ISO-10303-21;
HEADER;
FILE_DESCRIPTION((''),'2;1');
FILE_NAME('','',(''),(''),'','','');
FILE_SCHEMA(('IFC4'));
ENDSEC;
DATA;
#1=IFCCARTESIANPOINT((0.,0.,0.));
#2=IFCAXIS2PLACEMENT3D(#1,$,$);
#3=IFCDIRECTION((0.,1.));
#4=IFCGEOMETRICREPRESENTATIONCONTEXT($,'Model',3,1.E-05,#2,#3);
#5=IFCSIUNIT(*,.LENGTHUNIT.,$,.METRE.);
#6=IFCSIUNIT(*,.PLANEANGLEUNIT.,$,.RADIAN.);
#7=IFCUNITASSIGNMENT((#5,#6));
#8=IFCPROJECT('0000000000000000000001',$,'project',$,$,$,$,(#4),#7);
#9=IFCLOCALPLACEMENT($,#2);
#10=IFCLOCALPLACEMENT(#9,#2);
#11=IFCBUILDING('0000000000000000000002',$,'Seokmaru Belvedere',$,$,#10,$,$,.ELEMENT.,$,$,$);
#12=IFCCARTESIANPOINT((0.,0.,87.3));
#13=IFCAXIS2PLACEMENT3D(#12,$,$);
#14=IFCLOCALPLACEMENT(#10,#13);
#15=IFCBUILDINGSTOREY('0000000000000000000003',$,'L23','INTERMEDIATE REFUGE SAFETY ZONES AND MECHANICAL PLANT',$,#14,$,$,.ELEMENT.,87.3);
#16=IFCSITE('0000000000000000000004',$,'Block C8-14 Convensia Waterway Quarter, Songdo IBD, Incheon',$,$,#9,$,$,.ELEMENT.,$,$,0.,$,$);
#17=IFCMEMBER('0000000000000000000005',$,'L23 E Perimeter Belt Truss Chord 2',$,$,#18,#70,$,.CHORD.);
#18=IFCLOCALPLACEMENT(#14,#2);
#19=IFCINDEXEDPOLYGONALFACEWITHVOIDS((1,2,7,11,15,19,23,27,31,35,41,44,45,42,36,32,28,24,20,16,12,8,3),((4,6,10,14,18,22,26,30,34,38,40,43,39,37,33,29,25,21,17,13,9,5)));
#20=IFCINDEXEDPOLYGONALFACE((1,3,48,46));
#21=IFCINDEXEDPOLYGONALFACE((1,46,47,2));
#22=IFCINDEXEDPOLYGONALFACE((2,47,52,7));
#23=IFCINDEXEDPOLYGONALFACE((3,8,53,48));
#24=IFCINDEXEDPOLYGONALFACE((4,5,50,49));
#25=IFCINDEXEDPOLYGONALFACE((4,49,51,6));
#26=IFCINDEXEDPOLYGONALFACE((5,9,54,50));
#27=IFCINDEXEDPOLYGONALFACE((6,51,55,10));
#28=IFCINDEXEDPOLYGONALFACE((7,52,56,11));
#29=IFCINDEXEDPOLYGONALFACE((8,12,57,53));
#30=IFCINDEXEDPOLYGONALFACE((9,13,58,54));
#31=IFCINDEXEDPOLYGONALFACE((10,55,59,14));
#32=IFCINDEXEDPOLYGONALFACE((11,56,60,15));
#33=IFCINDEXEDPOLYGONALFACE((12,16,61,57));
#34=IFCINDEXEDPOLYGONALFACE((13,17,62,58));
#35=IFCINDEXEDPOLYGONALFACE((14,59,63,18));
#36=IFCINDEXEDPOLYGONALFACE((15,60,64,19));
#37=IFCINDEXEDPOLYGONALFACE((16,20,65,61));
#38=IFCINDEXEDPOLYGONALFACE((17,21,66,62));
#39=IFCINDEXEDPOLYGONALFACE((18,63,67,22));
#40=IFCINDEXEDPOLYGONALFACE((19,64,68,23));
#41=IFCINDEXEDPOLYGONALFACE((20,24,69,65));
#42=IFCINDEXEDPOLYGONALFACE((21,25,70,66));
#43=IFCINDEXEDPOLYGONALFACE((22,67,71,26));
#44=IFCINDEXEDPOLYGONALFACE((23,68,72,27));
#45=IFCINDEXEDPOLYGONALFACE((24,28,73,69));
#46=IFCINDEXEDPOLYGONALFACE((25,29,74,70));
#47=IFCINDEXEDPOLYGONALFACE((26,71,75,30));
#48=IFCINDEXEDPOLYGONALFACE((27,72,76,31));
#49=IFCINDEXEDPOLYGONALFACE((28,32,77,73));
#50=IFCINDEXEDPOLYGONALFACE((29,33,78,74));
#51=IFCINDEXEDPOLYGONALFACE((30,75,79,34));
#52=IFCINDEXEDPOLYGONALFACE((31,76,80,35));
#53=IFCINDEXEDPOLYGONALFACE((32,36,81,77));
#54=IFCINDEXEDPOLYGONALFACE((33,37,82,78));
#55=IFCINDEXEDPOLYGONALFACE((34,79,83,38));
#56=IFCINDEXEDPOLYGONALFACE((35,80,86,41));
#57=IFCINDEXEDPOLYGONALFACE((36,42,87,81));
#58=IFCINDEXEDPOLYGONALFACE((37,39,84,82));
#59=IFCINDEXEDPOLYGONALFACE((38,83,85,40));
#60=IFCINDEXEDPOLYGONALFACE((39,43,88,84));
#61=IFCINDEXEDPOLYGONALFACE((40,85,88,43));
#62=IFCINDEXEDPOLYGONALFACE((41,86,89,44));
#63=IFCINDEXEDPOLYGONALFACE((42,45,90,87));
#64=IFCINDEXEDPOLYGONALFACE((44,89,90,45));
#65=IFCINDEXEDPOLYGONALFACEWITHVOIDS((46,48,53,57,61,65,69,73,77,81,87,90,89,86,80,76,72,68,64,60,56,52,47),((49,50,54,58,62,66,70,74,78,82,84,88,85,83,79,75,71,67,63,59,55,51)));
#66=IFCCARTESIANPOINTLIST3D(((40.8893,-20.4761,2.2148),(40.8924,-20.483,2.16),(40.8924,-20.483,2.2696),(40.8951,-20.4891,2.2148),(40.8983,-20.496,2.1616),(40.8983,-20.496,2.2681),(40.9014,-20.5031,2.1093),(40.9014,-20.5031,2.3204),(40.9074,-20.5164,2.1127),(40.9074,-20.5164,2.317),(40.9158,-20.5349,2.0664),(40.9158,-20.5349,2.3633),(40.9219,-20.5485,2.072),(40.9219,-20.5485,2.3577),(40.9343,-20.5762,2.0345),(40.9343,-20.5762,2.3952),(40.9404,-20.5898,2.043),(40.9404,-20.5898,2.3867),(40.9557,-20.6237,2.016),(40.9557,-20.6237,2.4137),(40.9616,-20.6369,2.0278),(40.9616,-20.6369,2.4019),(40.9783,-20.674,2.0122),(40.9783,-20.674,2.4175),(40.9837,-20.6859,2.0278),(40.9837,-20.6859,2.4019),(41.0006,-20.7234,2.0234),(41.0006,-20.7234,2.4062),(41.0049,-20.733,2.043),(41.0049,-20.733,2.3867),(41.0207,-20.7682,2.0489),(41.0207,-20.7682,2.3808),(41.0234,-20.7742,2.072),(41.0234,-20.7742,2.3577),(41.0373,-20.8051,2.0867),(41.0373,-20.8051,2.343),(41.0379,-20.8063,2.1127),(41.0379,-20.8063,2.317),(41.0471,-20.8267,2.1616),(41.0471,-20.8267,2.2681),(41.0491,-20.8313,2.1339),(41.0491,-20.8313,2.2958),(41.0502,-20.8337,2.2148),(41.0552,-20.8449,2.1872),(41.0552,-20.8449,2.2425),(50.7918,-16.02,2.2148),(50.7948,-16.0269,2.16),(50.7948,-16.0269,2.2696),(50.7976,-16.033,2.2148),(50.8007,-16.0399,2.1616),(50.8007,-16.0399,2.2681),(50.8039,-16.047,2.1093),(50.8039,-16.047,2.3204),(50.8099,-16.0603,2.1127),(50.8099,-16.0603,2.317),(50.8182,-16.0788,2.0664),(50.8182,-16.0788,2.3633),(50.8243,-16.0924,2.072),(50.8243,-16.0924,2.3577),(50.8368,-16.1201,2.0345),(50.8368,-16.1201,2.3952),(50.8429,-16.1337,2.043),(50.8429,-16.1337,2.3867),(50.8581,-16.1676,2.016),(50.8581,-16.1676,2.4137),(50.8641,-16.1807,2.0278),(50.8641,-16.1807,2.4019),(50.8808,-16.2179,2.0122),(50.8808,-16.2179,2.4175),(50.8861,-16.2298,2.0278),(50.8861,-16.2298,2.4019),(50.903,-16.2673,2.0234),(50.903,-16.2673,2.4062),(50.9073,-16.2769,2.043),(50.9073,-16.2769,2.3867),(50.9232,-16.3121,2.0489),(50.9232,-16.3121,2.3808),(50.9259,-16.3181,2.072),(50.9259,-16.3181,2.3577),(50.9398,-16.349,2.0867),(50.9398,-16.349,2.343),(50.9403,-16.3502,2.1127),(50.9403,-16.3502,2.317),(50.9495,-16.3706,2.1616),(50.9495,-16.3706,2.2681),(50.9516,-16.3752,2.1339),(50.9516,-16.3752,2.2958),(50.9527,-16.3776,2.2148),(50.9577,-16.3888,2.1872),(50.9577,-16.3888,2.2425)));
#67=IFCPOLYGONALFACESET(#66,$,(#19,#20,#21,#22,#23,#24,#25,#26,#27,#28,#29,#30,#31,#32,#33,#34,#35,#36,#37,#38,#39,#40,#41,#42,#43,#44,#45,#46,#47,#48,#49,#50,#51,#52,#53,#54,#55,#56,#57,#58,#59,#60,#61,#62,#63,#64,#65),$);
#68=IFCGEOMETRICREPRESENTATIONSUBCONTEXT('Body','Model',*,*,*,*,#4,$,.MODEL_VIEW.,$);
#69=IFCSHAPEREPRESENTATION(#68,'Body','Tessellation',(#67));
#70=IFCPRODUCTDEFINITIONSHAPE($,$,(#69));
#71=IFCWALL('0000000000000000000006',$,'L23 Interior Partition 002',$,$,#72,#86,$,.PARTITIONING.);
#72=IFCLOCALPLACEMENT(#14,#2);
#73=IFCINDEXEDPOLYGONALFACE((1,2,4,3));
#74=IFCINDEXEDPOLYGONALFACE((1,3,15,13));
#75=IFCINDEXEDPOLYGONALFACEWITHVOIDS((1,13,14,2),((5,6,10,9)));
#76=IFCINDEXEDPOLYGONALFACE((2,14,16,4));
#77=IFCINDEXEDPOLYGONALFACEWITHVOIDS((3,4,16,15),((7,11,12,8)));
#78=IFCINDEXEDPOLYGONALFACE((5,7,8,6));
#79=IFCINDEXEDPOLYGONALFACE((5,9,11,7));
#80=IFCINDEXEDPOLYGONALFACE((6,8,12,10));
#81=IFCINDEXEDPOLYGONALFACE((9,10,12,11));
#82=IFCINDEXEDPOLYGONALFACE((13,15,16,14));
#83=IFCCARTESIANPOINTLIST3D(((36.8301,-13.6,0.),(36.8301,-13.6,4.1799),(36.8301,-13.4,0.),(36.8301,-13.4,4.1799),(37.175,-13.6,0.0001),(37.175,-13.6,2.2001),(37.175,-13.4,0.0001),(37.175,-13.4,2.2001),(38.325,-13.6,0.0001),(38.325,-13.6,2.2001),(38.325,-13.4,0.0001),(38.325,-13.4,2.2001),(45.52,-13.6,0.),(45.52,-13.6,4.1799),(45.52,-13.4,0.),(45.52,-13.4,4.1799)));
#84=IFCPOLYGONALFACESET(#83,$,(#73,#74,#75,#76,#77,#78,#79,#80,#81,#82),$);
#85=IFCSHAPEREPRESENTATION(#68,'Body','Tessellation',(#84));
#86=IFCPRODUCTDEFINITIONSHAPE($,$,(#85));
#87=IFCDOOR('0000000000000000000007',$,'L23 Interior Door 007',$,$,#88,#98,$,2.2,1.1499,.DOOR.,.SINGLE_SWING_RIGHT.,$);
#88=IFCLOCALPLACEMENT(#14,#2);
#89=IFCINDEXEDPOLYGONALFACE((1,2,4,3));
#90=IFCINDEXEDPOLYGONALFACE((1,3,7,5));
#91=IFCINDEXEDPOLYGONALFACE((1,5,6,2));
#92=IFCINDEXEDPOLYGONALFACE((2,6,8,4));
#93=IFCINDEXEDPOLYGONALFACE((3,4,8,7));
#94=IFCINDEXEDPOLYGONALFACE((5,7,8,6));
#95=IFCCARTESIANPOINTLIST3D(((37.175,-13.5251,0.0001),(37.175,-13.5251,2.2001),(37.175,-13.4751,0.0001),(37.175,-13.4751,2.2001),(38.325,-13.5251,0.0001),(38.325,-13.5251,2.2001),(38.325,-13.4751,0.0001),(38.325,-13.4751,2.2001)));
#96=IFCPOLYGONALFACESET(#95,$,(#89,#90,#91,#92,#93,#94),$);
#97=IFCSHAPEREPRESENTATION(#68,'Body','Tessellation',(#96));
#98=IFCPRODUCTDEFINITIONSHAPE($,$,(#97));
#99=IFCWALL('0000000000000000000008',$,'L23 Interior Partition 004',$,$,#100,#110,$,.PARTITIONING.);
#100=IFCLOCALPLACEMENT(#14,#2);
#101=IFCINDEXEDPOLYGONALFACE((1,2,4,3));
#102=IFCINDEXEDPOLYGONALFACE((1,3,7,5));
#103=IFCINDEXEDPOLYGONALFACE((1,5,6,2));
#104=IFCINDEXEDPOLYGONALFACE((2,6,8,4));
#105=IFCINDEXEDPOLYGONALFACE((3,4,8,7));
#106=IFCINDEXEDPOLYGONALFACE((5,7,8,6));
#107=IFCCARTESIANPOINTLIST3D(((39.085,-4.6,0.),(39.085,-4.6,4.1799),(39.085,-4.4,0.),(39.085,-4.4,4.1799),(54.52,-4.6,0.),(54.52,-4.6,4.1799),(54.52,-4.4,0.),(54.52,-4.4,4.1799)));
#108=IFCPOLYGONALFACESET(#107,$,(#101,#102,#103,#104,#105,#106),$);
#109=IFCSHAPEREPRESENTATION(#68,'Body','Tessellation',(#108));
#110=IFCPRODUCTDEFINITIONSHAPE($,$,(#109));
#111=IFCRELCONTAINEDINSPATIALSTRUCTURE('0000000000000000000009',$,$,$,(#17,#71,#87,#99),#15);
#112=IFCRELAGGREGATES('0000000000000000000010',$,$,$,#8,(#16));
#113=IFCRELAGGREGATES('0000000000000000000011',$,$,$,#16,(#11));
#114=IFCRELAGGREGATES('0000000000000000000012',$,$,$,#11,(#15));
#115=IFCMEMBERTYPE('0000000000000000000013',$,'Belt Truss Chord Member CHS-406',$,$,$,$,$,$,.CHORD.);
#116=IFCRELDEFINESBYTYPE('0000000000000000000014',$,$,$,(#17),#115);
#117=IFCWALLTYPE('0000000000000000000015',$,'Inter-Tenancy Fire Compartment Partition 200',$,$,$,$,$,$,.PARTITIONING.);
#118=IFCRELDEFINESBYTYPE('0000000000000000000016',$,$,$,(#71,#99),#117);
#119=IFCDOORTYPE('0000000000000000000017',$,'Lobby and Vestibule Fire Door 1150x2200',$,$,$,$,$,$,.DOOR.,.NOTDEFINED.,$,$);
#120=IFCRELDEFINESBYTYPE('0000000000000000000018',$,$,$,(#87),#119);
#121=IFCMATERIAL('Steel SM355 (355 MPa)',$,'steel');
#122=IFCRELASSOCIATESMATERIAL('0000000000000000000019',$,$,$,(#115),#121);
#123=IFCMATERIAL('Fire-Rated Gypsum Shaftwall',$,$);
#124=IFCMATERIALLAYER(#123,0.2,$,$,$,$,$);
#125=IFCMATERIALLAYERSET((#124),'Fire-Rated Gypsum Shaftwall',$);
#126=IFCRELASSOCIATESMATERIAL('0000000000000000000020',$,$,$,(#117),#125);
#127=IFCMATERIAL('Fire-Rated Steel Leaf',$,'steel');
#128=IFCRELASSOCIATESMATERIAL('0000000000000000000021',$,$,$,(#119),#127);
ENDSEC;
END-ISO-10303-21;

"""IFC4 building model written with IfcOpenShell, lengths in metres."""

from ifc_helpers import new_model, si_unit, direction, frame, frame_2d, origin, origin_2d, place, context, subcontext, project, spatial, rectangle, hollow_circle, extrude, source, transform, mapped, material, layer, layer_set, material_profile, profile_set, type_object, type_shapes, element, fill, save


model = new_model("IFC4")

# Units and contexts
model_context = context("Model", 3, precision=1e-05, world=origin(), true_north=direction((0.0, 1.0)))
body_context = subcontext(model_context, "Body", "Model", "MODEL_VIEW")
ifc_project = project(units=[si_unit("LENGTHUNIT", "METRE"), si_unit("PLANEANGLEUNIT", "RADIAN")], contexts=[model_context])

# Site, building, storey
site_placement = place(None, origin())
site = spatial("IfcSite", under=ifc_project, at=site_placement, Name="Block C8-14 Convensia Waterway Quarter, Songdo IBD, Incheon", CompositionType="ELEMENT", RefElevation=0.0)
building_placement = place(site_placement, origin())
building = spatial("IfcBuilding", under=site, at=building_placement, Name="Seokmaru Belvedere", CompositionType="ELEMENT")
storey_placement = place(building_placement, frame((0.0, 0.0, 87.3)))
storey = spatial("IfcBuildingStorey", under=building, at=storey_placement, Name="L23", Description="INTERMEDIATE REFUGE SAFETY ZONES AND MECHANICAL PLANT", CompositionType="ELEMENT", Elevation=87.3)

# Shared definitions
ifc_material_1 = material(Name="Steel SM355 (355 MPa)", Category="steel")

# Member
ifc_material_profile_1 = material_profile(ifc_material_1, hollow_circle(Radius=0.2031, WallThickness=0.0142, at=origin_2d()), Name="CHS-406.4x14.2")
ifc_profile_set_1 = profile_set([ifc_material_profile_1], Name="Steel SM355 (355 MPa)")
member_type_1 = type_object("IfcMemberType", Name="Belt Truss Chord Member CHS-406", PredefinedType="CHORD", material=ifc_profile_set_1)
shared_shape_1 = source(origin(), body_context, "Body", "SweptSolid", [
    extrude(hollow_circle(Radius=0.2031, WallThickness=0.0142, at=origin_2d()), origin(), (0.0, 0.0, 1.0), 10.8589),
])
type_shapes(member_type_1, [shared_shape_1])
member_1_placement = place(storey_placement, frame((40.9727, -20.6614, 2.2148), z_axis=(0.911922, 0.410365, 0.0), x_axis=(-0.410365, 0.911922, 0.0)))
element("IfcMember", 1, at=member_1_placement, inside=storey, type_object=member_type_1, Name="L23 E Perimeter Belt Truss Chord 2", PredefinedType="CHORD", context=body_context, shape_type="MappedRepresentation", body=[
    mapped(shared_shape_1, transform((0.0, 0.0, 0.0), scale=1.0)),
])

# Wall, opening, door
ifc_material_2 = material(Name="Fire-Rated Gypsum Shaftwall")
ifc_layer_1 = layer(ifc_material_2, 0.2)
ifc_layer_set_1 = layer_set([ifc_layer_1], Name="Fire-Rated Gypsum Shaftwall")
wall_type_1 = type_object("IfcWallType", Name="Inter-Tenancy Fire Compartment Partition 200", PredefinedType="PARTITIONING", material=ifc_layer_set_1)
wall_1_placement = place(storey_placement, frame((36.8301, -13.5, 0.0), z_axis=(0.0, 0.0, 1.0), x_axis=(1.0, 0.0, 0.0)))
wall_1 = element("IfcWall", 2, at=wall_1_placement, inside=storey, type_object=wall_type_1, Name="L23 Interior Partition 002", PredefinedType="PARTITIONING", context=body_context, shape_type="SweptSolid", body=[
    extrude(rectangle(XDim=8.6899, YDim=0.2, at=frame_2d((4.345, 0.0))), origin(), (0.0, 0.0, 1.0), 4.1799),
])
opening_1_placement = place(wall_1_placement, frame((0.345, 0.0, 0.0)))
opening_1 = element("IfcOpeningElement", 3, at=opening_1_placement, cuts=wall_1, PredefinedType="OPENING", context=body_context, shape_type="SweptSolid", body=[
    extrude(rectangle(XDim=1.1499, YDim=2.2, at=frame_2d((0.575, 1.1001))), frame((0.0, 0.1099, 0.0), z_axis=(0.0, -1.0, 0.0), x_axis=(1.0, 0.0, 0.0)), (0.0, 0.0, 1.0), 0.22),
])
ifc_material_3 = material(Name="Fire-Rated Steel Leaf", Category="steel")
door_type_1 = type_object("IfcDoorType", Name="Lobby and Vestibule Fire Door 1150x2200", OperationType="NOTDEFINED", PredefinedType="DOOR", material=ifc_material_3)
shared_shape_2 = source(origin(), body_context, "Body", "SweptSolid", [
    extrude(rectangle(XDim=1.1499, YDim=2.2, at=frame_2d((0.575, 1.1001))), frame((0.0, 0.0249, 0.0), z_axis=(0.0, -1.0, 0.0), x_axis=(1.0, 0.0, 0.0)), (0.0, 0.0, 1.0), 0.05),
])
type_shapes(door_type_1, [shared_shape_2])
door_1_placement = place(opening_1_placement, origin())
door_1 = element("IfcDoor", 4, at=door_1_placement, inside=storey, type_object=door_type_1, Name="L23 Interior Door 007", OperationType="SINGLE_SWING_RIGHT", OverallHeight=2.2, OverallWidth=1.1499, PredefinedType="DOOR", context=body_context, shape_type="MappedRepresentation", body=[
    mapped(shared_shape_2, transform((0.0, 0.0, 0.0), scale=1.0)),
])
fill(opening_1, door_1)

# Wall
wall_2_placement = place(storey_placement, frame((39.085, -4.5, 0.0), z_axis=(0.0, 0.0, 1.0), x_axis=(1.0, 0.0, 0.0)))
element("IfcWall", 5, at=wall_2_placement, inside=storey, type_object=wall_type_1, Name="L23 Interior Partition 004", PredefinedType="PARTITIONING", context=body_context, shape_type="SweptSolid", body=[
    extrude(rectangle(XDim=15.4351, YDim=0.2, at=frame_2d((7.7175, 0.0))), origin(), (0.0, 0.0, 1.0), 4.1799),
])

save(model, "model.ifc")
